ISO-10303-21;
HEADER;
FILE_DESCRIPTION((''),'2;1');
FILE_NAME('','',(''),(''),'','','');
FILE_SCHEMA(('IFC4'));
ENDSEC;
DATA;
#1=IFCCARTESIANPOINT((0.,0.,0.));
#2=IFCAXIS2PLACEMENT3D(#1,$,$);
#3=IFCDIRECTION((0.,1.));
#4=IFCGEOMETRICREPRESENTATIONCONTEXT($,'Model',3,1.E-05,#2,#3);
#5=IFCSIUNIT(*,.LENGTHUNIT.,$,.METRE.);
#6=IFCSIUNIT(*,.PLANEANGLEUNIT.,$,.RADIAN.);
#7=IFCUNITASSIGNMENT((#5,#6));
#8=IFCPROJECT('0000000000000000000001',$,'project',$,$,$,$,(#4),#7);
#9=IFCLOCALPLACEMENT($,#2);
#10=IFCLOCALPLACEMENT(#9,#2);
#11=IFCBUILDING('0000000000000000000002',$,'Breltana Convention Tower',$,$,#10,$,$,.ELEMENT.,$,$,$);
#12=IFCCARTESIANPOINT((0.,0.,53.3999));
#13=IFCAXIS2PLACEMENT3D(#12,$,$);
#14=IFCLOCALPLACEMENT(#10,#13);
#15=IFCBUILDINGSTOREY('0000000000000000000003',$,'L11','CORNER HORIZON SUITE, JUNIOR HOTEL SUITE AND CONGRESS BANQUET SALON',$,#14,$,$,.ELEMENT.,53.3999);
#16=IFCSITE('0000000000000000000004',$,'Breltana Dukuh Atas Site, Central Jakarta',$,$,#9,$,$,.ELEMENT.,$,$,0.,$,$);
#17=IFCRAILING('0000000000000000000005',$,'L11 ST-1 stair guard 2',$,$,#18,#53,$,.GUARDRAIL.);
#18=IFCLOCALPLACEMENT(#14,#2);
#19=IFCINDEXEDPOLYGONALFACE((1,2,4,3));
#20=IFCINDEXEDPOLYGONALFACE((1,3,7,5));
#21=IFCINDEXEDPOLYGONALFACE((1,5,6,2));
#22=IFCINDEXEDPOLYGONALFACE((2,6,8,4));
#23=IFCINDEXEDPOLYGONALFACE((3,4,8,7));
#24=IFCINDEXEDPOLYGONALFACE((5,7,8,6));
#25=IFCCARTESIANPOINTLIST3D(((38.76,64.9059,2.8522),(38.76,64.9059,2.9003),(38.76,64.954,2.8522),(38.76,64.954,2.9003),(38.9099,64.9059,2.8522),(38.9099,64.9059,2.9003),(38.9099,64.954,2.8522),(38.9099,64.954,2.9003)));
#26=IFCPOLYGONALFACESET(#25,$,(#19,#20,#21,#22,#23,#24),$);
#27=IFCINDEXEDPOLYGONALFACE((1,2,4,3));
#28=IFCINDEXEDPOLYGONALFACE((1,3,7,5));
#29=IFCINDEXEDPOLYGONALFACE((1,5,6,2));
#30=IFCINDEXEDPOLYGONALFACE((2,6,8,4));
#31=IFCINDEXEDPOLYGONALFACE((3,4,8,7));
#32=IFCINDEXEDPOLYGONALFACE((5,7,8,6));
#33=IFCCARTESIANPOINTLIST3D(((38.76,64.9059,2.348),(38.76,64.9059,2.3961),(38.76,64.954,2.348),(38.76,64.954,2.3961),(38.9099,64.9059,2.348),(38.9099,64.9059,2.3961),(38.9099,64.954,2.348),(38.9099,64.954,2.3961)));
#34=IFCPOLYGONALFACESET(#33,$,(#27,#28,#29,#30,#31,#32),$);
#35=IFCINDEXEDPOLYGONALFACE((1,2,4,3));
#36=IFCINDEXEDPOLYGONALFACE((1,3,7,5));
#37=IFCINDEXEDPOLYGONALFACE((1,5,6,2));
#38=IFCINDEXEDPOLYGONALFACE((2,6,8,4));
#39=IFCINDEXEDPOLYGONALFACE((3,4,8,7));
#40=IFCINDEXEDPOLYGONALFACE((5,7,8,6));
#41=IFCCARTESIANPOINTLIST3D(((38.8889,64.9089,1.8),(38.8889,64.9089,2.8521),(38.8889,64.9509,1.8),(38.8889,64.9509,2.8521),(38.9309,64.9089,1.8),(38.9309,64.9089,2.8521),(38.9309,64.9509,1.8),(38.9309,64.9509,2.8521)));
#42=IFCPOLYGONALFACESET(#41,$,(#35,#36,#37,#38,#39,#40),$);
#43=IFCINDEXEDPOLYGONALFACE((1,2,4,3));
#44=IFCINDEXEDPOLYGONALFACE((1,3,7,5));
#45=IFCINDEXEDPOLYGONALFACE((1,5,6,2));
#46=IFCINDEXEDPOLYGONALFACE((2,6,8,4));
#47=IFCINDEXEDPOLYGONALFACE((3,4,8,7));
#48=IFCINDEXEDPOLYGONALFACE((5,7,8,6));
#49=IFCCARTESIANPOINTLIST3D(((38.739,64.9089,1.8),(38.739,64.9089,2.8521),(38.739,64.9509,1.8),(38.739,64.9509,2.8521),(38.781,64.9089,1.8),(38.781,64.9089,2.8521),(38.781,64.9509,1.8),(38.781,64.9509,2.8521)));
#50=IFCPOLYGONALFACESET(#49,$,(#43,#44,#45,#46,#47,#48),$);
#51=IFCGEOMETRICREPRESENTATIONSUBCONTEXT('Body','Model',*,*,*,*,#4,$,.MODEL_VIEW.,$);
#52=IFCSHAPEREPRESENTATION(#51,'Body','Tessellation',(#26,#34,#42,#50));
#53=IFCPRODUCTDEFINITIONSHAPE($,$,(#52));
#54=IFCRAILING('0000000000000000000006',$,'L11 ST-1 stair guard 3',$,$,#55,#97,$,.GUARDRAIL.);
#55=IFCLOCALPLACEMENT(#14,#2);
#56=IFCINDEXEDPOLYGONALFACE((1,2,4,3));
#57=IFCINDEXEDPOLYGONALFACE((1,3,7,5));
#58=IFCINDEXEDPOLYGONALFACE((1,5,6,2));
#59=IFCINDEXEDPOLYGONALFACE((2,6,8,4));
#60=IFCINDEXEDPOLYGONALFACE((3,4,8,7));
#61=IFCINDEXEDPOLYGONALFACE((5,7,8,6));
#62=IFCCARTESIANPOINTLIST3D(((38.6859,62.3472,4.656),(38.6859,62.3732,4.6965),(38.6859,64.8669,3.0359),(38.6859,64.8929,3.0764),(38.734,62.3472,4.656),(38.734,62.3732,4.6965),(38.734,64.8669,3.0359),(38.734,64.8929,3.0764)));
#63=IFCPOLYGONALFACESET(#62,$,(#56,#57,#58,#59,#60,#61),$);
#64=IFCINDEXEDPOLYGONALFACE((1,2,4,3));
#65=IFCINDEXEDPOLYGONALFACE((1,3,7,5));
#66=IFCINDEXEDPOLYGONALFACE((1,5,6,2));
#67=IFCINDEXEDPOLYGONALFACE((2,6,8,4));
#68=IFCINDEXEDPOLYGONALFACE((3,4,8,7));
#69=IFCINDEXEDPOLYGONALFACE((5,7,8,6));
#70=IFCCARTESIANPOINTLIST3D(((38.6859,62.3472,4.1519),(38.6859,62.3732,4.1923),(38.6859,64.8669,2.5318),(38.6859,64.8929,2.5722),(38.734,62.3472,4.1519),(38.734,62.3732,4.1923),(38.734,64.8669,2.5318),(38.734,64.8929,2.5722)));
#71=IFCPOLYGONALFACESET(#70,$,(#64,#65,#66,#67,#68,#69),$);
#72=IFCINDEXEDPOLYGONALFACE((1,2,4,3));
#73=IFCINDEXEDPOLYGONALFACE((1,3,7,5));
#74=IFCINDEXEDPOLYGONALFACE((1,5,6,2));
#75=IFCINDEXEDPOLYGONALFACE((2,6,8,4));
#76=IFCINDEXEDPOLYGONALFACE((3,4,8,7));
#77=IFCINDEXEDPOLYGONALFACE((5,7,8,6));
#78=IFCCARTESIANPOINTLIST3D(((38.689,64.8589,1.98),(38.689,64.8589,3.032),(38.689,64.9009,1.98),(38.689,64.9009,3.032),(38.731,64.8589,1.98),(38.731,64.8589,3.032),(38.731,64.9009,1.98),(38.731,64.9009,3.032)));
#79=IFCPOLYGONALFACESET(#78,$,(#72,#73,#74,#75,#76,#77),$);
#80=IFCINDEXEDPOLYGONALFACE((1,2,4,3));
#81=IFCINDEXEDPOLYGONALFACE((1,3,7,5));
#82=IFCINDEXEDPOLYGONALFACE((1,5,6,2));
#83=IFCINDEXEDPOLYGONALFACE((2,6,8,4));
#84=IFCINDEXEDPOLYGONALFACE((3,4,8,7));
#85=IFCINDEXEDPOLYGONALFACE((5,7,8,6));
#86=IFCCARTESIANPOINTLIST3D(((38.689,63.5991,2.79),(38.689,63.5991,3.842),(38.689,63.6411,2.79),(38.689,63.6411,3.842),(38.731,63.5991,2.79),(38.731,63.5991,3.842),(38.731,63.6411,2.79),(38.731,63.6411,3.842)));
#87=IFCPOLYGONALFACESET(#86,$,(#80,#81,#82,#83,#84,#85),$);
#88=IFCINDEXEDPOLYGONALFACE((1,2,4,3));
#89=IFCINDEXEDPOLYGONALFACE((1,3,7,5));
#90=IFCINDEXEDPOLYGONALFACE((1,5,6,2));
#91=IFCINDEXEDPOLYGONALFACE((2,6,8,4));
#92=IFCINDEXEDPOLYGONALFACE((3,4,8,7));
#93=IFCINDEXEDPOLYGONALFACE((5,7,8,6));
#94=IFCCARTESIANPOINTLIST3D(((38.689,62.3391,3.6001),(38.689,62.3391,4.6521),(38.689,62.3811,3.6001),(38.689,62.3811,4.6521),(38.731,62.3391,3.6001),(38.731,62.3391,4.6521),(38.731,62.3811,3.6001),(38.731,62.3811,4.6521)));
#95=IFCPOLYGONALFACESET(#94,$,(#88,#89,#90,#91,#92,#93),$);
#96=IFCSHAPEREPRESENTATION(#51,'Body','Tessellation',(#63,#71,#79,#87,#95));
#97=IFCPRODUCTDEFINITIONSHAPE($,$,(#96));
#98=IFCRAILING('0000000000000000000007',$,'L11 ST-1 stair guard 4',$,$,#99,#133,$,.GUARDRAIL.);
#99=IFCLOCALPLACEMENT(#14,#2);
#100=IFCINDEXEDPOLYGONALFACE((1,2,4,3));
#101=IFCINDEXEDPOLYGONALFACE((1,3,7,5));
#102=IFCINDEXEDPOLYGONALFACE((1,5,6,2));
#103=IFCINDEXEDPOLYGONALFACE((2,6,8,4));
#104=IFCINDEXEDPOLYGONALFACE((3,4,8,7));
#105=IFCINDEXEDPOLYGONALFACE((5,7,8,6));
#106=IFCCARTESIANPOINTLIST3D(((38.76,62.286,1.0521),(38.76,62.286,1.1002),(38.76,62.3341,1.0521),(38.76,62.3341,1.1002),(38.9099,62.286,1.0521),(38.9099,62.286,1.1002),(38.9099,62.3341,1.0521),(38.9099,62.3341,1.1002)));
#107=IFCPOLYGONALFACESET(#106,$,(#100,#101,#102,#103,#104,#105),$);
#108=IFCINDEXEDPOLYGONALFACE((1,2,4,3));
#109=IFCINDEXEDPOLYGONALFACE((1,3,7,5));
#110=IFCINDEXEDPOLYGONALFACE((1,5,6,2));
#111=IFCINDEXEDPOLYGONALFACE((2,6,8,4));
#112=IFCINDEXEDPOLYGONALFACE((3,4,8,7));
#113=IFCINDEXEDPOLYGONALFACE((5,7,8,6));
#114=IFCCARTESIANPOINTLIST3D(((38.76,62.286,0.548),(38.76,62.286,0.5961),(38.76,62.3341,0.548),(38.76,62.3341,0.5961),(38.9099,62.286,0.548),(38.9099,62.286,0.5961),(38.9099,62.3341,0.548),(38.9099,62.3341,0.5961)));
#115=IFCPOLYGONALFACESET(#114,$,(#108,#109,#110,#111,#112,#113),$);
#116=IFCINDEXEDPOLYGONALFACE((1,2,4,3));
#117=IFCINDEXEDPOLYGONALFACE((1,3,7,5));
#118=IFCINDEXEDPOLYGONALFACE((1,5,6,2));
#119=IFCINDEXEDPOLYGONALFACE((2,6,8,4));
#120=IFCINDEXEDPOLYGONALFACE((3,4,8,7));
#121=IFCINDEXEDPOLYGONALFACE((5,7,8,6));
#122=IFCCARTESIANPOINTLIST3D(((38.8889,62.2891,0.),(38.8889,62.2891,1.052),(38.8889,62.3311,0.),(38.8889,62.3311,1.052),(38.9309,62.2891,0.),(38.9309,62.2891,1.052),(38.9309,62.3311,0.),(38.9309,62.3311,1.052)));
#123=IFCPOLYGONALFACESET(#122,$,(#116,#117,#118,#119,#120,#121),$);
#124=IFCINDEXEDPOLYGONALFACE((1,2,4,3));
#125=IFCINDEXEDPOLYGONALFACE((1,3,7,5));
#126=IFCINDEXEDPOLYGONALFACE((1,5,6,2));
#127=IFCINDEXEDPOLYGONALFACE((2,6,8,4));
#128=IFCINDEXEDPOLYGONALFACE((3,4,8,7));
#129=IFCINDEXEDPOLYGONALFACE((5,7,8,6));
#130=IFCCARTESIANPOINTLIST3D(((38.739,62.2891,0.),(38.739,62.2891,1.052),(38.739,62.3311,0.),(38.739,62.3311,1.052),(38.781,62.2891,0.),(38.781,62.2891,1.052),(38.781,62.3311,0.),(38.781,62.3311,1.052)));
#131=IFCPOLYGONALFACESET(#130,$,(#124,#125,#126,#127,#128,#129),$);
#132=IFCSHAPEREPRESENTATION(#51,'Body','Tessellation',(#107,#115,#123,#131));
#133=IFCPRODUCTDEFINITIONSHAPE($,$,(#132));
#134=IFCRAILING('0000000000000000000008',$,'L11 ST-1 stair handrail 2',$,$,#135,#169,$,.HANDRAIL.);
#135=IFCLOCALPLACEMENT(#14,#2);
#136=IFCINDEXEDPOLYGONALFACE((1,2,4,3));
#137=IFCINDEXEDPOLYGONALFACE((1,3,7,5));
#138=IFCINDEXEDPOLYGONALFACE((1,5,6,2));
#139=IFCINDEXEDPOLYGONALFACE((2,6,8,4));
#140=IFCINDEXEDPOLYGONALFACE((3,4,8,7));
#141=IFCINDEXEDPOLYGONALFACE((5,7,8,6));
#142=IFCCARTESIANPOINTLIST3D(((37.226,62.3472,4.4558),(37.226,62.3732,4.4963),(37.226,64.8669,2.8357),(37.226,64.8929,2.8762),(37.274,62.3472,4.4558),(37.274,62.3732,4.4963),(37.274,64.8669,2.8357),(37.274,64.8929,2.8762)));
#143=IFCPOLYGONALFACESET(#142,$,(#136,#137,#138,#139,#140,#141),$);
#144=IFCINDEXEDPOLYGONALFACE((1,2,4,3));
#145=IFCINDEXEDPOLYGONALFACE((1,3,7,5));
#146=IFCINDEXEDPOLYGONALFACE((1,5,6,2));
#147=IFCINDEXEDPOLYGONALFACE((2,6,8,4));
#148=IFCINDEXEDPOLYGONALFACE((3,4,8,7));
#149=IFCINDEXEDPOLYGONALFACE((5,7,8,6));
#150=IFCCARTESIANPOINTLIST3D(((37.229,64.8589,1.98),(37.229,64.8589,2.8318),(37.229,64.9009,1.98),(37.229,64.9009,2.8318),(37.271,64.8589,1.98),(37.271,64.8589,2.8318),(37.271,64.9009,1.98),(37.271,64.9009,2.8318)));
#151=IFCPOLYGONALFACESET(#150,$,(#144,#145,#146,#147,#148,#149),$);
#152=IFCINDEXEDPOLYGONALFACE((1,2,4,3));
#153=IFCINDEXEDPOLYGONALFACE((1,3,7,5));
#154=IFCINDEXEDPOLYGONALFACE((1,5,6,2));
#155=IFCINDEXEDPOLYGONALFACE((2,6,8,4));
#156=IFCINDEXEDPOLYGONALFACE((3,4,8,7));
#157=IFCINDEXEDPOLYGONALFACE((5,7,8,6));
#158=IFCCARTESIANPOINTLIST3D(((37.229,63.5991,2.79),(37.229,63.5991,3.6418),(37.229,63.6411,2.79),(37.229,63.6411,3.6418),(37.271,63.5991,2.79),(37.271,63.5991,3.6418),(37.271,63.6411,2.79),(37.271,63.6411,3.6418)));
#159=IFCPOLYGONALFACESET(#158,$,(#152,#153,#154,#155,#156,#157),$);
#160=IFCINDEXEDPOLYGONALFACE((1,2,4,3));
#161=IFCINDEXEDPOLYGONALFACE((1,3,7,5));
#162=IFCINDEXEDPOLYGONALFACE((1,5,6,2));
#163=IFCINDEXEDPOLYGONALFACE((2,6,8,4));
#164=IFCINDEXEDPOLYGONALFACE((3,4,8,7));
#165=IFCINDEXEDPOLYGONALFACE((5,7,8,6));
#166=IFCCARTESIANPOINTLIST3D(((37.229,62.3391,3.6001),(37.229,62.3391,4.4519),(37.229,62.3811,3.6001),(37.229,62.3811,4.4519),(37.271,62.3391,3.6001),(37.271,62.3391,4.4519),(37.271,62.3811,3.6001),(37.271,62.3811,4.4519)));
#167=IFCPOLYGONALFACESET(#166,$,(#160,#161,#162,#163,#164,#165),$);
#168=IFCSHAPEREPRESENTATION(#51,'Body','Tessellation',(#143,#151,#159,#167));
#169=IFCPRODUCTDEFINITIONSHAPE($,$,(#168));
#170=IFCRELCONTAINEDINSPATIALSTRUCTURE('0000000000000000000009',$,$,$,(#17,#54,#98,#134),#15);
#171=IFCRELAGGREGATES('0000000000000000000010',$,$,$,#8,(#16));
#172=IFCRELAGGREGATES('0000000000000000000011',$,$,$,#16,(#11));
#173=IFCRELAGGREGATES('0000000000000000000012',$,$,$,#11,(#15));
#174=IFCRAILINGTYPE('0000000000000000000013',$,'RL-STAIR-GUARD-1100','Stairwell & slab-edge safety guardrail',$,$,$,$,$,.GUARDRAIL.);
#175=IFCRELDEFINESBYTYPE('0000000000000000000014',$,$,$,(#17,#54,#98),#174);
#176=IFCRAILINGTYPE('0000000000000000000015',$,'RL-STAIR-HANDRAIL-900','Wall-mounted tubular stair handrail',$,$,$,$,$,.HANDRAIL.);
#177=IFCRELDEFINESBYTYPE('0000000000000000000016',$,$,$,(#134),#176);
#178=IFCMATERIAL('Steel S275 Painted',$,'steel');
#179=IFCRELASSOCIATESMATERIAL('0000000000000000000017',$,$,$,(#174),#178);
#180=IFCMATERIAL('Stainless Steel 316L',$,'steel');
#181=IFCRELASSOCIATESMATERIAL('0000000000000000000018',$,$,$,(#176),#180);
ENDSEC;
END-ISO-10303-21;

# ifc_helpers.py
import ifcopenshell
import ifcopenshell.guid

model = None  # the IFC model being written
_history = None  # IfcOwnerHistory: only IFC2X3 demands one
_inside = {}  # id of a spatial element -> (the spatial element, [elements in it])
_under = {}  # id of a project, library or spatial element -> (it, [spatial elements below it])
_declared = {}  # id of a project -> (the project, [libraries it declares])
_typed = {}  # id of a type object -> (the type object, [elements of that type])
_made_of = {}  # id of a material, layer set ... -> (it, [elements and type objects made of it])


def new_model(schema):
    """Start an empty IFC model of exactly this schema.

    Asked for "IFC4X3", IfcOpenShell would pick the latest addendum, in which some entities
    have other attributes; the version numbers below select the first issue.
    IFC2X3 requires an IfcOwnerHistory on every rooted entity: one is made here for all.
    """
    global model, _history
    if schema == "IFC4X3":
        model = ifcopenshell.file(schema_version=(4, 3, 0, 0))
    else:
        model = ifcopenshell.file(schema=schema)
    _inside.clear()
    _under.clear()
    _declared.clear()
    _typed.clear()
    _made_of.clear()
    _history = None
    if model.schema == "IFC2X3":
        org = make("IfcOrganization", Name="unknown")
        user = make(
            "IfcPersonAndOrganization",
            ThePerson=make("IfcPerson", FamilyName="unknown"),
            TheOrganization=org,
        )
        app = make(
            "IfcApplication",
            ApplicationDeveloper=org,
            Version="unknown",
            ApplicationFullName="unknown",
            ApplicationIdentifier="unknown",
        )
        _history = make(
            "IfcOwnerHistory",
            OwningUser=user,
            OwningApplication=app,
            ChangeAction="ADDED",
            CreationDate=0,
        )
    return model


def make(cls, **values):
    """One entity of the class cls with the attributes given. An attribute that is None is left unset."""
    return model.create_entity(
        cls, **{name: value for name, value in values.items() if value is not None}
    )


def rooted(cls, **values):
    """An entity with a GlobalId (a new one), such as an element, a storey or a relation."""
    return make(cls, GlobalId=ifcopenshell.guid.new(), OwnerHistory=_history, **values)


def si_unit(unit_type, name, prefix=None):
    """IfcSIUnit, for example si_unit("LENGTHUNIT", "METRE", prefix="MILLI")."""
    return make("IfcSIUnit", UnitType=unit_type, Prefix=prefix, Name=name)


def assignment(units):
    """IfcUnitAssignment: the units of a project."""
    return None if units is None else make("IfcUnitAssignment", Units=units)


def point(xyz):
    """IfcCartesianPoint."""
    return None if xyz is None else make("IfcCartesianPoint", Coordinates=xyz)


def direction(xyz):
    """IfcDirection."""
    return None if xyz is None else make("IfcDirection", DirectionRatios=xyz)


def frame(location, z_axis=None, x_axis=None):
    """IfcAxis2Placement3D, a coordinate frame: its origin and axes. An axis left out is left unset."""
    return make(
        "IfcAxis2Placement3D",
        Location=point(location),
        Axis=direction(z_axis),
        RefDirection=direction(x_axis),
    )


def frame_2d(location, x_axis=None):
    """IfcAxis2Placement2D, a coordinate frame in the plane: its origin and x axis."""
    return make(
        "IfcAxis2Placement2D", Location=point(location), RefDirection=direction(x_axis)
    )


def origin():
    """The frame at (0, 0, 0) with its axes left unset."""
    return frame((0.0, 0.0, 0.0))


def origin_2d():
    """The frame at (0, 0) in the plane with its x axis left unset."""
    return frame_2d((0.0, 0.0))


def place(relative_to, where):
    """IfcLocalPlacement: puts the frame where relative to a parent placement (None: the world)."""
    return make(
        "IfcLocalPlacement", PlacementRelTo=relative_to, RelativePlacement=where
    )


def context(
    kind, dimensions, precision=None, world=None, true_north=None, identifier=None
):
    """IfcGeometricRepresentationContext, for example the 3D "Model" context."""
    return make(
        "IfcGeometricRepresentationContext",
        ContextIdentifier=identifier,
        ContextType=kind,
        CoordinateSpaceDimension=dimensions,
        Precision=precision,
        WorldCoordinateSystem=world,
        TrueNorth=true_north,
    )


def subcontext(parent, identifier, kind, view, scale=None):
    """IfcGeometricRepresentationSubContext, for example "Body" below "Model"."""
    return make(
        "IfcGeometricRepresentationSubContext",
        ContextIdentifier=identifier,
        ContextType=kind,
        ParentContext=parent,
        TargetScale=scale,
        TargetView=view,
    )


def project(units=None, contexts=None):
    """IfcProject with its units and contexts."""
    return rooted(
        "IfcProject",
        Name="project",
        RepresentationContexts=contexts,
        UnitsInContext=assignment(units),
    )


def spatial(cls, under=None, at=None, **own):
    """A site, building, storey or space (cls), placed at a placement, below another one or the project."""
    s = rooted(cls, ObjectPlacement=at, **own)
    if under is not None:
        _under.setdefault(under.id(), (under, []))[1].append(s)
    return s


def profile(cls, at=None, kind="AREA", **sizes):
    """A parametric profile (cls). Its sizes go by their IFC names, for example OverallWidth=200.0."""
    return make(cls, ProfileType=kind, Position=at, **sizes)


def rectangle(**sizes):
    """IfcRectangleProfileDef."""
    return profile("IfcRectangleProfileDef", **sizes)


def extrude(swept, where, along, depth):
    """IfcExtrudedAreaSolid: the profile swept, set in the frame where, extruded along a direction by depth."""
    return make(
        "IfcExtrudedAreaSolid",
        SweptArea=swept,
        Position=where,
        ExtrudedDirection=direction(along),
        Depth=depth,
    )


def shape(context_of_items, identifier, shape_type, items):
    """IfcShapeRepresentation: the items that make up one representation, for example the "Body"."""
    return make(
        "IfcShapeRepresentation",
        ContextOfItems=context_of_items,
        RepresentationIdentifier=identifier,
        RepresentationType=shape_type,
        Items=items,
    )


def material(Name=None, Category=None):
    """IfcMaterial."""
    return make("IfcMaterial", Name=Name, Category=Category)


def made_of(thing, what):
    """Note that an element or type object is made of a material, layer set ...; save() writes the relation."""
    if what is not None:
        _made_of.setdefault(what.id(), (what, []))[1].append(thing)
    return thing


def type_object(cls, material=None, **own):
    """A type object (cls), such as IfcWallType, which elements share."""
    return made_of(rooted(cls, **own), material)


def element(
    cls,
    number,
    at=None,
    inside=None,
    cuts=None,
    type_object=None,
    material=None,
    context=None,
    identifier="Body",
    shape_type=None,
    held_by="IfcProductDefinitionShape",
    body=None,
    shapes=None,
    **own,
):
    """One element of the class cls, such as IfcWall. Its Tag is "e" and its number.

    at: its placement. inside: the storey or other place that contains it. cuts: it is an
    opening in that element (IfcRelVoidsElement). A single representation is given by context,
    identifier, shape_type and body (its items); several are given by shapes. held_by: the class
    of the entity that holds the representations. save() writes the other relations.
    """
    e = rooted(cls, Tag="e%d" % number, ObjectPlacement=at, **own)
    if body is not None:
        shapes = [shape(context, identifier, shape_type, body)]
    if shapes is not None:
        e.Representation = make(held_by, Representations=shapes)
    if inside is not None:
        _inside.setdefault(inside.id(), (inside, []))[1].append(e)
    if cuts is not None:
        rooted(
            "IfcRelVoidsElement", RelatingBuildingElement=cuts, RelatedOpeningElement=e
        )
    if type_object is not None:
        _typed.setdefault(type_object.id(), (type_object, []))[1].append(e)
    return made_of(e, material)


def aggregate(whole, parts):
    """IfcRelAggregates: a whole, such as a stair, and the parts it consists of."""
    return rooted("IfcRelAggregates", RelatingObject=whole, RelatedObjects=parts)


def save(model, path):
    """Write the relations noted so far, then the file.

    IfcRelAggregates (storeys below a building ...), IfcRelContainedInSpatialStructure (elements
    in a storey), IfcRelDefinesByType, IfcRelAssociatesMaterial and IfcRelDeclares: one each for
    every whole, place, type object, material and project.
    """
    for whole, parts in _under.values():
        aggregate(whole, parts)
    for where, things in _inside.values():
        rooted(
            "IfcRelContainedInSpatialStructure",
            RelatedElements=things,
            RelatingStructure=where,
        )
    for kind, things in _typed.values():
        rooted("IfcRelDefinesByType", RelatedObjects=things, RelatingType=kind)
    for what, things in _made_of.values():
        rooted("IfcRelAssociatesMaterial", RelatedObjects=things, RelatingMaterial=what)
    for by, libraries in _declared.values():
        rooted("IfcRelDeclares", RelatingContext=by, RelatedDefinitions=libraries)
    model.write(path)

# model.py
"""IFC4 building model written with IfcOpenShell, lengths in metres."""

from ifc_helpers import new_model, si_unit, direction, frame, origin, origin_2d, place, context, subcontext, project, spatial, rectangle, extrude, material, type_object, element, save


model = new_model("IFC4")

# Units and contexts
model_context = context("Model", 3, precision=1e-05, world=origin(), true_north=direction((0.0, 1.0)))
body_context = subcontext(model_context, "Body", "Model", "MODEL_VIEW")
ifc_project = project(units=[si_unit("LENGTHUNIT", "METRE"), si_unit("PLANEANGLEUNIT", "RADIAN")], contexts=[model_context])

# Site, building, storey
site_placement = place(None, origin())
site = spatial("IfcSite", under=ifc_project, at=site_placement, Name="Breltana Dukuh Atas Site, Central Jakarta", CompositionType="ELEMENT", RefElevation=0.0)
building_placement = place(site_placement, origin())
building = spatial("IfcBuilding", under=site, at=building_placement, Name="Breltana Convention Tower", CompositionType="ELEMENT")
storey_placement = place(building_placement, frame((0.0, 0.0, 53.3999)))
storey = spatial("IfcBuildingStorey", under=building, at=storey_placement, Name="L11", Description="CORNER HORIZON SUITE, JUNIOR HOTEL SUITE AND CONGRESS BANQUET SALON", CompositionType="ELEMENT", Elevation=53.3999)

# Railings
ifc_material_1 = material(Name="Steel S275 Painted", Category="steel")
railing_type_1 = type_object("IfcRailingType", Name="RL-STAIR-GUARD-1100", Description="Stairwell & slab-edge safety guardrail", PredefinedType="GUARDRAIL", material=ifc_material_1)
railing_1_placement = place(storey_placement, frame((38.9099, 64.9299, 1.8)))
element("IfcRailing", 1, at=railing_1_placement, inside=storey, type_object=railing_type_1, Name="L11 ST-1 stair guard 2", PredefinedType="GUARDRAIL", context=body_context, shape_type="SweptSolid", body=[
    extrude(rectangle(XDim=0.0481, YDim=0.0481, at=origin_2d()), frame((0.0, 0.0, 1.0762), z_axis=(-1.0, 0.0, 0.0), x_axis=(0.0, -1.0, 0.0)), (0.0, 0.0, 1.0), 0.1499),
    extrude(rectangle(XDim=0.0481, YDim=0.0481, at=origin_2d()), frame((0.0, 0.0, 0.572), z_axis=(-1.0, 0.0, 0.0), x_axis=(0.0, -1.0, 0.0)), (0.0, 0.0, 1.0), 0.1499),
    extrude(rectangle(XDim=0.042, YDim=0.042, at=origin_2d()), origin(), (0.0, 0.0, 1.0), 1.052),
    extrude(rectangle(XDim=0.042, YDim=0.042, at=origin_2d()), frame((-0.1499, 0.0, 0.0)), (0.0, 0.0, 1.0), 1.052),
])
railing_2_placement = place(storey_placement, frame((38.71, 64.8799, 1.98)))
element("IfcRailing", 2, at=railing_2_placement, inside=storey, type_object=railing_type_1, Name="L11 ST-1 stair guard 3", PredefinedType="GUARDRAIL", context=body_context, shape_type="SweptSolid", body=[
    extrude(rectangle(XDim=0.0481, YDim=0.0481, at=origin_2d()), frame((0.0, 0.0, 1.0762), z_axis=(0.0, -0.841139, 0.540819), x_axis=(1.0, 0.0, 0.0)), (0.0, 0.0, 1.0), 2.9956),
    extrude(rectangle(XDim=0.0481, YDim=0.0481, at=origin_2d()), frame((0.0, 0.0, 0.572), z_axis=(0.0, -0.841139, 0.540819), x_axis=(1.0, 0.0, 0.0)), (0.0, 0.0, 1.0), 2.9956),
    extrude(rectangle(XDim=0.042, YDim=0.042, at=origin_2d()), origin(), (0.0, 0.0, 1.0), 1.052),
    extrude(rectangle(XDim=0.042, YDim=0.042, at=origin_2d()), frame((0.0, -1.2598, 0.8101)), (0.0, 0.0, 1.0), 1.052),
    extrude(rectangle(XDim=0.042, YDim=0.042, at=origin_2d()), frame((0.0, -2.5198, 1.6201)), (0.0, 0.0, 1.0), 1.052),
])
railing_3_placement = place(storey_placement, frame((38.9099, 62.3101, 0.0)))
element("IfcRailing", 3, at=railing_3_placement, inside=storey, type_object=railing_type_1, Name="L11 ST-1 stair guard 4", PredefinedType="GUARDRAIL", context=body_context, shape_type="SweptSolid", body=[
    extrude(rectangle(XDim=0.0481, YDim=0.0481, at=origin_2d()), frame((0.0, 0.0, 1.0762), z_axis=(-1.0, 0.0, 0.0), x_axis=(0.0, -1.0, 0.0)), (0.0, 0.0, 1.0), 0.1499),
    extrude(rectangle(XDim=0.0481, YDim=0.0481, at=origin_2d()), frame((0.0, 0.0, 0.572), z_axis=(-1.0, 0.0, 0.0), x_axis=(0.0, -1.0, 0.0)), (0.0, 0.0, 1.0), 0.1499),
    extrude(rectangle(XDim=0.042, YDim=0.042, at=origin_2d()), origin(), (0.0, 0.0, 1.0), 1.052),
    extrude(rectangle(XDim=0.042, YDim=0.042, at=origin_2d()), frame((-0.1499, 0.0, 0.0)), (0.0, 0.0, 1.0), 1.052),
])
ifc_material_2 = material(Name="Stainless Steel 316L", Category="steel")
railing_type_2 = type_object("IfcRailingType", Name="RL-STAIR-HANDRAIL-900", Description="Wall-mounted tubular stair handrail", PredefinedType="HANDRAIL", material=ifc_material_2)
railing_4_placement = place(storey_placement, frame((37.25, 64.8799, 1.98)))
element("IfcRailing", 4, at=railing_4_placement, inside=storey, type_object=railing_type_2, Name="L11 ST-1 stair handrail 2", PredefinedType="HANDRAIL", context=body_context, shape_type="SweptSolid", body=[
    extrude(rectangle(XDim=0.0481, YDim=0.0481, at=origin_2d()), frame((0.0, 0.0, 0.876), z_axis=(0.0, -0.841139, 0.540819), x_axis=(1.0, 0.0, 0.0)), (0.0, 0.0, 1.0), 2.9956),
    extrude(rectangle(XDim=0.042, YDim=0.042, at=origin_2d()), origin(), (0.0, 0.0, 1.0), 0.8518),
    extrude(rectangle(XDim=0.042, YDim=0.042, at=origin_2d()), frame((0.0, -1.2598, 0.8101)), (0.0, 0.0, 1.0), 0.8518),
    extrude(rectangle(XDim=0.042, YDim=0.042, at=origin_2d()), frame((0.0, -2.5198, 1.6201)), (0.0, 0.0, 1.0), 0.8518),
])

save(model, "model.ifc")
